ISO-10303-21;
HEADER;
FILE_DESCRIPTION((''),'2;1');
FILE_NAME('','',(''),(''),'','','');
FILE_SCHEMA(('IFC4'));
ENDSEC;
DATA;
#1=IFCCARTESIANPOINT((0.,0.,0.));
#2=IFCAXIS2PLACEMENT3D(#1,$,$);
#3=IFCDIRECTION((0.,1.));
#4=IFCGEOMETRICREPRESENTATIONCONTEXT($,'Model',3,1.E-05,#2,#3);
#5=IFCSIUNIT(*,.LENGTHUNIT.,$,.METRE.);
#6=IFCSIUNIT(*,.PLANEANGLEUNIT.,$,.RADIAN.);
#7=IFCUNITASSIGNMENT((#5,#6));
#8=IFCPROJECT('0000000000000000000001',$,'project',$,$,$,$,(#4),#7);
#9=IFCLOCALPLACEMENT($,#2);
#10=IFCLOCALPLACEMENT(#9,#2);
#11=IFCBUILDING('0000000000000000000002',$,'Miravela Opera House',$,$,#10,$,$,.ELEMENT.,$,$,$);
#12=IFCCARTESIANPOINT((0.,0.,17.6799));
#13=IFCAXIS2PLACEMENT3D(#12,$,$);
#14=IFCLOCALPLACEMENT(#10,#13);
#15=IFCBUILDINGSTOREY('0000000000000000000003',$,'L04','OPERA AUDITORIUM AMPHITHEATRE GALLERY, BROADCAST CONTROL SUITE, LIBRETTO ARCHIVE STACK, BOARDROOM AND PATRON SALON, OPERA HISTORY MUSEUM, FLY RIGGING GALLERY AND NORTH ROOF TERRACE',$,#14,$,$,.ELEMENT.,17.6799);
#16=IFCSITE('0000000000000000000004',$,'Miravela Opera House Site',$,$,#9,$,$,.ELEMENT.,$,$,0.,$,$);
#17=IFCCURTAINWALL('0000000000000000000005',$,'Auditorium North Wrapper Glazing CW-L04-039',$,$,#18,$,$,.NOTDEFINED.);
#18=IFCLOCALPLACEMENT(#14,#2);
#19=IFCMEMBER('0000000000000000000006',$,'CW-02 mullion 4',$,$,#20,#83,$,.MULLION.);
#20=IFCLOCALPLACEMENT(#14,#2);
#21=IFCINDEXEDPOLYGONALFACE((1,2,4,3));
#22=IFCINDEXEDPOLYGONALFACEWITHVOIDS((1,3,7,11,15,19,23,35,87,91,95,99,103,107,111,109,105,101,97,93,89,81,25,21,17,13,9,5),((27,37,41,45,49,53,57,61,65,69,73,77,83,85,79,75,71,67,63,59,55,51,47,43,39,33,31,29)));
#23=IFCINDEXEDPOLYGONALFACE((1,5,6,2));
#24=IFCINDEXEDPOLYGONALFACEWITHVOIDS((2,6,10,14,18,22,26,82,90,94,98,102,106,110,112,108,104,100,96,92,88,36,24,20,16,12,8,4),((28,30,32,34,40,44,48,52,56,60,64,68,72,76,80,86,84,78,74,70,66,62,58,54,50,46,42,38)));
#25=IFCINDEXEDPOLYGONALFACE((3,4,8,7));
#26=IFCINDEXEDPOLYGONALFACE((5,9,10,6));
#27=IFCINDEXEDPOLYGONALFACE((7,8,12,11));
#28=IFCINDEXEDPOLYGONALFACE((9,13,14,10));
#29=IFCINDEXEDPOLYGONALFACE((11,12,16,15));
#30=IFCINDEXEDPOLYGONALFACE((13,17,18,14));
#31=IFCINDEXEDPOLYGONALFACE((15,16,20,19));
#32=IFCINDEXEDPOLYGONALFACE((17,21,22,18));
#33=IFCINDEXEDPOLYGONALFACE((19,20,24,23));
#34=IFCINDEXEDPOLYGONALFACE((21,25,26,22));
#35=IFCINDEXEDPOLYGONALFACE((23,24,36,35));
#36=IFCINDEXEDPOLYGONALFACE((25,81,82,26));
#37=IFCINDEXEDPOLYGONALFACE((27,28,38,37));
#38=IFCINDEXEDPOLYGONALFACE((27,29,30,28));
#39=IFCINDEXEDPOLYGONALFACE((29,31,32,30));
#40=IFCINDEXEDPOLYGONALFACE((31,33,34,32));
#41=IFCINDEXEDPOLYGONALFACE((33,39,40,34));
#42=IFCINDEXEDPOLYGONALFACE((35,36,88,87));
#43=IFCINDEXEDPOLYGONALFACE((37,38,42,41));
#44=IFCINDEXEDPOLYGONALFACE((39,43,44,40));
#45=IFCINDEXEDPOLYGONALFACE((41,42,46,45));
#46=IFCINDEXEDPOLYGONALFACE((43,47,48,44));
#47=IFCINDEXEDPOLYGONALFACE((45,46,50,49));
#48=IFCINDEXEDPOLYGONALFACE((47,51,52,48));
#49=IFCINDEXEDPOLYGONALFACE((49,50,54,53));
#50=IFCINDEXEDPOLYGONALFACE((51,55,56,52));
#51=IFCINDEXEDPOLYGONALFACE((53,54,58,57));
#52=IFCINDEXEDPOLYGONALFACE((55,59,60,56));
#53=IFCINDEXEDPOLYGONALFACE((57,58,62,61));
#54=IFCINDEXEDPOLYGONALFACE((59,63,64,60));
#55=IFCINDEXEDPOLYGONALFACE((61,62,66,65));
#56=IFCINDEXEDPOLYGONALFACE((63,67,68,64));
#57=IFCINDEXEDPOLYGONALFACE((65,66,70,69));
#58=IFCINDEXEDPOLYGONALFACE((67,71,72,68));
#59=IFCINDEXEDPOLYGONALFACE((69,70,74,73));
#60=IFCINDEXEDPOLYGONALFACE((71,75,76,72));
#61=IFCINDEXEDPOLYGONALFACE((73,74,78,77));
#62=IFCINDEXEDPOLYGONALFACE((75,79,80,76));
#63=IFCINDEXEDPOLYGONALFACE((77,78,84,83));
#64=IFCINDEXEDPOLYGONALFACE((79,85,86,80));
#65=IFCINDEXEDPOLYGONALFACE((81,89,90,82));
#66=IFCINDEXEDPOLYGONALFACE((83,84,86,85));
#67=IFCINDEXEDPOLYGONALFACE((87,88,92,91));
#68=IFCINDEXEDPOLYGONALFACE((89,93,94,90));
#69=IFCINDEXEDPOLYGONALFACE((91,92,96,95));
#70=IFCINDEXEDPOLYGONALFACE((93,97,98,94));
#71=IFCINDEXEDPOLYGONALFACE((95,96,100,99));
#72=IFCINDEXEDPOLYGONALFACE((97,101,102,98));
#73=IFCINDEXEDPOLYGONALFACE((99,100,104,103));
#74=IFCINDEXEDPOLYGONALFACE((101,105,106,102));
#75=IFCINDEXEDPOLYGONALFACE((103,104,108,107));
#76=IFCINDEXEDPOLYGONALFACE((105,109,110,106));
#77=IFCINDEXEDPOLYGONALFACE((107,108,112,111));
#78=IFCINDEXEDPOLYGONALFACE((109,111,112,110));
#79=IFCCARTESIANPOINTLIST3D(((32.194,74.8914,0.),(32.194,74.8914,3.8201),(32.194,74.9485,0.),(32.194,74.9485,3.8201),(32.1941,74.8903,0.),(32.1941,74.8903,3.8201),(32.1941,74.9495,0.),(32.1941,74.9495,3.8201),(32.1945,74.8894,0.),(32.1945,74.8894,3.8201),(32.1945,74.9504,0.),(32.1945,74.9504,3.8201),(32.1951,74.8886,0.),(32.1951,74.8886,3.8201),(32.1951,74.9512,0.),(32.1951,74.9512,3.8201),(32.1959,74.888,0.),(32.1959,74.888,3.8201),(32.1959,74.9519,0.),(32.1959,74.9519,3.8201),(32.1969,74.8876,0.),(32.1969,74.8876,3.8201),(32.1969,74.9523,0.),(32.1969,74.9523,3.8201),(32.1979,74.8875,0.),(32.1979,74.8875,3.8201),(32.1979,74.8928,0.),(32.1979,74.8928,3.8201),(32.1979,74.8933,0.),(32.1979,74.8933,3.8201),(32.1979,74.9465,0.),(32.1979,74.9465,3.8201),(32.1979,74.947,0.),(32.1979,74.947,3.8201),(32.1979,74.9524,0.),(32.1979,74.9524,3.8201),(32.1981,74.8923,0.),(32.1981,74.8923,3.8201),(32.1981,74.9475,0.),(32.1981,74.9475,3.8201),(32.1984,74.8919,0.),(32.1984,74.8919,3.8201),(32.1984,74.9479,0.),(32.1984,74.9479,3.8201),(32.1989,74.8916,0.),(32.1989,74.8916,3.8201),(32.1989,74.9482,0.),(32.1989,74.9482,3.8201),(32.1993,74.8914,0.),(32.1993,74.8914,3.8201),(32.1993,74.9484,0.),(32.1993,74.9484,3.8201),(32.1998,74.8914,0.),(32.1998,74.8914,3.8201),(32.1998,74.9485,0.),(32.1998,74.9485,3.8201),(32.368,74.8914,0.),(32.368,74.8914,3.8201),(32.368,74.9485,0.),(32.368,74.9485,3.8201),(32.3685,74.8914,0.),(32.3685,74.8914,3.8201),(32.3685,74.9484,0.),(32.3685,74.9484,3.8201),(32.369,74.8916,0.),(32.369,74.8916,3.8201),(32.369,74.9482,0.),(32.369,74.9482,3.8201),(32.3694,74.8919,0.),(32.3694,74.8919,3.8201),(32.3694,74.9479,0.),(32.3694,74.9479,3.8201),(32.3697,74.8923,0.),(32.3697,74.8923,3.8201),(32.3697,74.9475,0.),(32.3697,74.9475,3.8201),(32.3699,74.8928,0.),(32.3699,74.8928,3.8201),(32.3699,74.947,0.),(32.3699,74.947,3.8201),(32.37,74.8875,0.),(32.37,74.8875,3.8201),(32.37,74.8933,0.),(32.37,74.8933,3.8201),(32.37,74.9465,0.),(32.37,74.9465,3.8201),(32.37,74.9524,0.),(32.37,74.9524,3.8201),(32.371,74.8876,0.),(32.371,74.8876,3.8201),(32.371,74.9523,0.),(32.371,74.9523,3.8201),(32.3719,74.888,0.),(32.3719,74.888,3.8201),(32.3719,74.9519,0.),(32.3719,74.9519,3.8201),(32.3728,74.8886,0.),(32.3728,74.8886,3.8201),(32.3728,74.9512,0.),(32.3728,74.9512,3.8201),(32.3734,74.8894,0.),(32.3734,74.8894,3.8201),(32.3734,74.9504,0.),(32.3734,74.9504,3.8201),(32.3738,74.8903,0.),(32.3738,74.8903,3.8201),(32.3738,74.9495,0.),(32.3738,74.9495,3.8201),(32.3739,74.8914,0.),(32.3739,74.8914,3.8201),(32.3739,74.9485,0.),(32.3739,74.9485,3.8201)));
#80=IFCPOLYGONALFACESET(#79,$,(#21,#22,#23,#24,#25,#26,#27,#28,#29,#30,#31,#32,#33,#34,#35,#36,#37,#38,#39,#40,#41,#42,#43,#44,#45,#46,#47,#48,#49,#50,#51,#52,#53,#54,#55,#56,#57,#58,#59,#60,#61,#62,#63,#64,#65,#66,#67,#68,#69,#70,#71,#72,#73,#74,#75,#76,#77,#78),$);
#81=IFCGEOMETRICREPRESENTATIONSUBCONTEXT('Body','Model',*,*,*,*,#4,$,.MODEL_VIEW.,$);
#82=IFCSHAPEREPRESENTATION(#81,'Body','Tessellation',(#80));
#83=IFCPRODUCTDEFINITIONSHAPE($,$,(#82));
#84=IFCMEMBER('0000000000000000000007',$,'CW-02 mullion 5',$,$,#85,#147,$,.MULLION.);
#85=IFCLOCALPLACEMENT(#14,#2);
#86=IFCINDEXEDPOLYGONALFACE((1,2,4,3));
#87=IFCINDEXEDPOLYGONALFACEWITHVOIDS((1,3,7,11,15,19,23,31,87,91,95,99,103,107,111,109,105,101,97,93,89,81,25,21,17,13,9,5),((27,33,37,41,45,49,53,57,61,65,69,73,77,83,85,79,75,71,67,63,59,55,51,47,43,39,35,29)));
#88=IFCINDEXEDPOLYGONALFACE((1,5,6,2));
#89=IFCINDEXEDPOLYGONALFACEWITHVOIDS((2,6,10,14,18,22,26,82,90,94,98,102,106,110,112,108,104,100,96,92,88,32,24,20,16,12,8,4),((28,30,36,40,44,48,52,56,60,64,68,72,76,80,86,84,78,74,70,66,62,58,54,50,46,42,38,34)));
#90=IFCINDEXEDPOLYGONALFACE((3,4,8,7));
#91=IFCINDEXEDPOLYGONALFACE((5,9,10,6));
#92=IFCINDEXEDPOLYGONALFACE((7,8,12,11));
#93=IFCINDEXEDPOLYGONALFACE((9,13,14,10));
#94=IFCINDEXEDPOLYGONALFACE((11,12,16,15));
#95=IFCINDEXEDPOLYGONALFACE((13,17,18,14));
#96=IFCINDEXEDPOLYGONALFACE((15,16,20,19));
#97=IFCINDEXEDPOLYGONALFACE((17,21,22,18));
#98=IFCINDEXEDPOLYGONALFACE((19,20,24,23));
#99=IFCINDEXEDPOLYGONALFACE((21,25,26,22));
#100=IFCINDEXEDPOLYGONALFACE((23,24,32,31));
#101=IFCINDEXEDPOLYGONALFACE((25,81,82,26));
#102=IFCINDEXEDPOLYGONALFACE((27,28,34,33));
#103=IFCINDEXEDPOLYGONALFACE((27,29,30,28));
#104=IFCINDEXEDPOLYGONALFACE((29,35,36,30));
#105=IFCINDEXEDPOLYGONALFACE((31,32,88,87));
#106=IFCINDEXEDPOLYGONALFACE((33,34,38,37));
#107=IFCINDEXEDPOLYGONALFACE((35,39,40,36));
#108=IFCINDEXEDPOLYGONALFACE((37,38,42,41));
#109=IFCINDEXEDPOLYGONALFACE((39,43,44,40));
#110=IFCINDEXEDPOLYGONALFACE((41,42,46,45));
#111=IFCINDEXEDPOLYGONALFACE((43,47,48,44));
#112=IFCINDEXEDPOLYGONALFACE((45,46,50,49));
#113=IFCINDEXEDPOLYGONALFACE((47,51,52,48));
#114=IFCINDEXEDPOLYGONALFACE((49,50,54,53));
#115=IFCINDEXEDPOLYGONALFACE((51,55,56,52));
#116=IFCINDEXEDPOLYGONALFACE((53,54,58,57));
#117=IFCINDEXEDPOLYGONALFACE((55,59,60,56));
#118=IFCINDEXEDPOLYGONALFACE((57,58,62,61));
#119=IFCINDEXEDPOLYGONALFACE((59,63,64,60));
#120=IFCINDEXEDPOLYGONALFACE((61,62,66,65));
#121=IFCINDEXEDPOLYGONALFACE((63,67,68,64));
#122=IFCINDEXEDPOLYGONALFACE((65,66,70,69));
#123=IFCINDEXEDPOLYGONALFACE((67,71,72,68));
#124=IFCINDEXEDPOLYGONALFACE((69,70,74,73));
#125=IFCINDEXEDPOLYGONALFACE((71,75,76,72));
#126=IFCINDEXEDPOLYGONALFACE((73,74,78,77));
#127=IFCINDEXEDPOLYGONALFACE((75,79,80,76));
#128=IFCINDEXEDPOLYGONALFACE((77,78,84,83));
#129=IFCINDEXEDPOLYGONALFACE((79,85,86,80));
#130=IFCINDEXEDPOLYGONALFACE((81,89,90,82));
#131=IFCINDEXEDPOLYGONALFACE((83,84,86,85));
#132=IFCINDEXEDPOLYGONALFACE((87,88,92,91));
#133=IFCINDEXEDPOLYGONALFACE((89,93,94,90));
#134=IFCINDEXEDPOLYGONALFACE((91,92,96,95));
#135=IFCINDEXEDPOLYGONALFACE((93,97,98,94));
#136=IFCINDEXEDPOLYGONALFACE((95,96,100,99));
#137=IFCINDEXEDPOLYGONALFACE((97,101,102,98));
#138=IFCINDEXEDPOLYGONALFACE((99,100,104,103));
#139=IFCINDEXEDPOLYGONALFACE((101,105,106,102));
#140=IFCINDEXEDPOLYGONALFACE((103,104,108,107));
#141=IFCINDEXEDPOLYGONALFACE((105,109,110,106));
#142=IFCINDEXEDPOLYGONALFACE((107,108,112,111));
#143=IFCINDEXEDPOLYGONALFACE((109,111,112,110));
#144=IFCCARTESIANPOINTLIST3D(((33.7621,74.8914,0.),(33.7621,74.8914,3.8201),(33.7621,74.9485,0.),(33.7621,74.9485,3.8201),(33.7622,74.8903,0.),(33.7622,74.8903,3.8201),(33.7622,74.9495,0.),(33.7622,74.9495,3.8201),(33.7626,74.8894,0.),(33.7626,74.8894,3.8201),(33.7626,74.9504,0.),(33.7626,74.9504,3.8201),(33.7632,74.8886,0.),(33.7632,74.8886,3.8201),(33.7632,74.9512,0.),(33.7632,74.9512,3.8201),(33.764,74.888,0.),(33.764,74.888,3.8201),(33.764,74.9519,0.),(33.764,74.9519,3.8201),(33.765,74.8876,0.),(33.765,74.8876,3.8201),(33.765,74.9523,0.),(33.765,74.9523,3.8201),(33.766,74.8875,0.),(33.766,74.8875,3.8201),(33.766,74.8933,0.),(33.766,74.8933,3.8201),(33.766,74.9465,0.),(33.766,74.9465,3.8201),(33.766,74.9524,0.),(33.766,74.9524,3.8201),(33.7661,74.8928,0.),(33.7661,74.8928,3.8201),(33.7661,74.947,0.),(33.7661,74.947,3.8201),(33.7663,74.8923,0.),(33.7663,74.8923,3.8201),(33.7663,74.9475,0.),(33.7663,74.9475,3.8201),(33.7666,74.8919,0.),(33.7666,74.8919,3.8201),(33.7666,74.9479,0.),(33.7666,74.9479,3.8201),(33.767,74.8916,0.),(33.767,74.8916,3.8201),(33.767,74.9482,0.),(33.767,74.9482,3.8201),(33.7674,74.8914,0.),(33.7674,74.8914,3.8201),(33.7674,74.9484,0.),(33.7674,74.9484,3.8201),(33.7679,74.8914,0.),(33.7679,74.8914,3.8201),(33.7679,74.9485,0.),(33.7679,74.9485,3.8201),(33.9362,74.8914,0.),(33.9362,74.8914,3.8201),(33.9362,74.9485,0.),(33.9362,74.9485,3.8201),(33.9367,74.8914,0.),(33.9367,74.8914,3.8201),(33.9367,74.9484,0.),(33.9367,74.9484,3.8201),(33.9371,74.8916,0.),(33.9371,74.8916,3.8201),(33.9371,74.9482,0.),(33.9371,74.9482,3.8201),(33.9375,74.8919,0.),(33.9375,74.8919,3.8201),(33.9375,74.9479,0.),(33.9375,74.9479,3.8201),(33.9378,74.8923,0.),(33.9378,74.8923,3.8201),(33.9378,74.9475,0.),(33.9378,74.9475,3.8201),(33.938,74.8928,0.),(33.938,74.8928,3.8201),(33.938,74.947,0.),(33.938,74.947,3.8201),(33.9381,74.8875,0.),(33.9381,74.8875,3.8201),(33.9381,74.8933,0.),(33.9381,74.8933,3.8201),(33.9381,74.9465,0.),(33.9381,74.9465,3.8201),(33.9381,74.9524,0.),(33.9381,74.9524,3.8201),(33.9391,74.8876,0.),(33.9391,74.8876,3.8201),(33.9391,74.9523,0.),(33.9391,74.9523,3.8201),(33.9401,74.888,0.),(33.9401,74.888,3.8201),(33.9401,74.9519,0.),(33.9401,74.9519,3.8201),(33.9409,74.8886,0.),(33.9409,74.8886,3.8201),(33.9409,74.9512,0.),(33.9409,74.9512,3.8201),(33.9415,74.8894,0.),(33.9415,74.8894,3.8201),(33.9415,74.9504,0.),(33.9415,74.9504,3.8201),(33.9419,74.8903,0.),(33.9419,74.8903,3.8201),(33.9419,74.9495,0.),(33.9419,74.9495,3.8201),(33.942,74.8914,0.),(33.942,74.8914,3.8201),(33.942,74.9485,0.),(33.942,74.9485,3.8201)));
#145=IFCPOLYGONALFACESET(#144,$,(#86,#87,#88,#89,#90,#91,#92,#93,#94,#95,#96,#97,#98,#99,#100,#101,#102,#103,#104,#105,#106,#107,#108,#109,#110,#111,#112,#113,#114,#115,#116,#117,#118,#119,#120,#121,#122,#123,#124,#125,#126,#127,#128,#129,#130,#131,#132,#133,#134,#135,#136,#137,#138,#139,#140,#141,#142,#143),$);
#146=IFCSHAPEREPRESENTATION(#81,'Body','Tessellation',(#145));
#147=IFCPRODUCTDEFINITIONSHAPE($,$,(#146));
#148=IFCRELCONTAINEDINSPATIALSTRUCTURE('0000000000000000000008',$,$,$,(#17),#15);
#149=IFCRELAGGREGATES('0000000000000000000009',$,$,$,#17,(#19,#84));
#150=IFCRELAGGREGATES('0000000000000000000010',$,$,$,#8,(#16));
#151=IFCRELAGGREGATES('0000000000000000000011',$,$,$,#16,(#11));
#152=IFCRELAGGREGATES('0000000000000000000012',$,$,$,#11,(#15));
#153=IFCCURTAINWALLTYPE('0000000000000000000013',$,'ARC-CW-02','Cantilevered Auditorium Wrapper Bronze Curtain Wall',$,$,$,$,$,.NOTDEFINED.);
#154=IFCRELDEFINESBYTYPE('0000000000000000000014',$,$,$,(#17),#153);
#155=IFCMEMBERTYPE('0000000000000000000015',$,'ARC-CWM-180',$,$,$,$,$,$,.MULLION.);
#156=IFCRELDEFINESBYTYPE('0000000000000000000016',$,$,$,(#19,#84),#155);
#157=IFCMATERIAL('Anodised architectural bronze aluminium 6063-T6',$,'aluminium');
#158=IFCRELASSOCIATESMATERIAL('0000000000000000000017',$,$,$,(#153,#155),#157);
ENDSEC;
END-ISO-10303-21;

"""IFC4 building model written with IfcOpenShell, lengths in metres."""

from ifc_helpers import new_model, si_unit, direction, frame, origin, origin_2d, place, context, subcontext, project, spatial, hollow_rectangle, extrude, material, material_profile, profile_set, type_object, element, aggregate, save


model = new_model("IFC4")

# Units and contexts
model_context = context("Model", 3, precision=1e-05, world=origin(), true_north=direction((0.0, 1.0)))
body_context = subcontext(model_context, "Body", "Model", "MODEL_VIEW")
ifc_project = project(units=[si_unit("LENGTHUNIT", "METRE"), si_unit("PLANEANGLEUNIT", "RADIAN")], contexts=[model_context])

# Site, building, storey
site_placement = place(None, origin())
site = spatial("IfcSite", under=ifc_project, at=site_placement, Name="Miravela Opera House Site", CompositionType="ELEMENT", RefElevation=0.0)
building_placement = place(site_placement, origin())
building = spatial("IfcBuilding", under=site, at=building_placement, Name="Miravela Opera House", CompositionType="ELEMENT")
storey_placement = place(building_placement, frame((0.0, 0.0, 17.6799)))
storey = spatial("IfcBuildingStorey", under=building, at=storey_placement, Name="L04", Description="OPERA AUDITORIUM AMPHITHEATRE GALLERY, BROADCAST CONTROL SUITE, LIBRETTO ARCHIVE STACK, BOARDROOM AND PATRON SALON, OPERA HISTORY MUSEUM, FLY RIGGING GALLERY AND NORTH ROOF TERRACE", CompositionType="ELEMENT", Elevation=17.6799)

# Curtain wall, members
ifc_material_1 = material(Name="Anodised architectural bronze aluminium 6063-T6", Category="aluminium")
curtain_wall_type = type_object("IfcCurtainWallType", Name="ARC-CW-02", Description="Cantilevered Auditorium Wrapper Bronze Curtain Wall", PredefinedType="NOTDEFINED", material=ifc_material_1)
curtain_wall_1_placement = place(storey_placement, origin())
curtain_wall_1 = element("IfcCurtainWall", 1, at=curtain_wall_1_placement, inside=storey, type_object=curtain_wall_type, Name="Auditorium North Wrapper Glazing CW-L04-039", PredefinedType="NOTDEFINED")
ifc_material_profile_1 = material_profile(ifc_material_1, hollow_rectangle(XDim=0.0649, YDim=0.1799, WallThickness=0.0039, InnerFilletRadius=0.002, OuterFilletRadius=0.0039, at=origin_2d()), Name="CWM-65X180")
ifc_profile_set_1 = profile_set([ifc_material_profile_1])
member_type_1 = type_object("IfcMemberType", Name="ARC-CWM-180", PredefinedType="MULLION", material=ifc_profile_set_1)
member_1_placement = place(storey_placement, frame((32.2839, 74.9199, 0.0), z_axis=(0.0, 0.0, 1.0), x_axis=(0.0, 1.0, 0.0)))
member_1 = element("IfcMember", 2, at=member_1_placement, type_object=member_type_1, Name="CW-02 mullion 4", PredefinedType="MULLION", context=body_context, shape_type="SweptSolid", body=[
    extrude(hollow_rectangle(XDim=0.0649, YDim=0.1799, WallThickness=0.0039, InnerFilletRadius=0.002, OuterFilletRadius=0.0039, at=origin_2d()), origin(), (0.0, 0.0, 1.0), 3.8201),
])
member_2_placement = place(storey_placement, frame((33.8521, 74.9199, 0.0), z_axis=(0.0, 0.0, 1.0), x_axis=(0.0, 1.0, 0.0)))
member_2 = element("IfcMember", 3, at=member_2_placement, type_object=member_type_1, Name="CW-02 mullion 5", PredefinedType="MULLION", context=body_context, shape_type="SweptSolid", body=[
    extrude(hollow_rectangle(XDim=0.0649, YDim=0.1799, WallThickness=0.0039, InnerFilletRadius=0.002, OuterFilletRadius=0.0039, at=origin_2d()), origin(), (0.0, 0.0, 1.0), 3.8201),
])

aggregate(curtain_wall_1, [member_1, member_2])

save(model, "model.ifc")
